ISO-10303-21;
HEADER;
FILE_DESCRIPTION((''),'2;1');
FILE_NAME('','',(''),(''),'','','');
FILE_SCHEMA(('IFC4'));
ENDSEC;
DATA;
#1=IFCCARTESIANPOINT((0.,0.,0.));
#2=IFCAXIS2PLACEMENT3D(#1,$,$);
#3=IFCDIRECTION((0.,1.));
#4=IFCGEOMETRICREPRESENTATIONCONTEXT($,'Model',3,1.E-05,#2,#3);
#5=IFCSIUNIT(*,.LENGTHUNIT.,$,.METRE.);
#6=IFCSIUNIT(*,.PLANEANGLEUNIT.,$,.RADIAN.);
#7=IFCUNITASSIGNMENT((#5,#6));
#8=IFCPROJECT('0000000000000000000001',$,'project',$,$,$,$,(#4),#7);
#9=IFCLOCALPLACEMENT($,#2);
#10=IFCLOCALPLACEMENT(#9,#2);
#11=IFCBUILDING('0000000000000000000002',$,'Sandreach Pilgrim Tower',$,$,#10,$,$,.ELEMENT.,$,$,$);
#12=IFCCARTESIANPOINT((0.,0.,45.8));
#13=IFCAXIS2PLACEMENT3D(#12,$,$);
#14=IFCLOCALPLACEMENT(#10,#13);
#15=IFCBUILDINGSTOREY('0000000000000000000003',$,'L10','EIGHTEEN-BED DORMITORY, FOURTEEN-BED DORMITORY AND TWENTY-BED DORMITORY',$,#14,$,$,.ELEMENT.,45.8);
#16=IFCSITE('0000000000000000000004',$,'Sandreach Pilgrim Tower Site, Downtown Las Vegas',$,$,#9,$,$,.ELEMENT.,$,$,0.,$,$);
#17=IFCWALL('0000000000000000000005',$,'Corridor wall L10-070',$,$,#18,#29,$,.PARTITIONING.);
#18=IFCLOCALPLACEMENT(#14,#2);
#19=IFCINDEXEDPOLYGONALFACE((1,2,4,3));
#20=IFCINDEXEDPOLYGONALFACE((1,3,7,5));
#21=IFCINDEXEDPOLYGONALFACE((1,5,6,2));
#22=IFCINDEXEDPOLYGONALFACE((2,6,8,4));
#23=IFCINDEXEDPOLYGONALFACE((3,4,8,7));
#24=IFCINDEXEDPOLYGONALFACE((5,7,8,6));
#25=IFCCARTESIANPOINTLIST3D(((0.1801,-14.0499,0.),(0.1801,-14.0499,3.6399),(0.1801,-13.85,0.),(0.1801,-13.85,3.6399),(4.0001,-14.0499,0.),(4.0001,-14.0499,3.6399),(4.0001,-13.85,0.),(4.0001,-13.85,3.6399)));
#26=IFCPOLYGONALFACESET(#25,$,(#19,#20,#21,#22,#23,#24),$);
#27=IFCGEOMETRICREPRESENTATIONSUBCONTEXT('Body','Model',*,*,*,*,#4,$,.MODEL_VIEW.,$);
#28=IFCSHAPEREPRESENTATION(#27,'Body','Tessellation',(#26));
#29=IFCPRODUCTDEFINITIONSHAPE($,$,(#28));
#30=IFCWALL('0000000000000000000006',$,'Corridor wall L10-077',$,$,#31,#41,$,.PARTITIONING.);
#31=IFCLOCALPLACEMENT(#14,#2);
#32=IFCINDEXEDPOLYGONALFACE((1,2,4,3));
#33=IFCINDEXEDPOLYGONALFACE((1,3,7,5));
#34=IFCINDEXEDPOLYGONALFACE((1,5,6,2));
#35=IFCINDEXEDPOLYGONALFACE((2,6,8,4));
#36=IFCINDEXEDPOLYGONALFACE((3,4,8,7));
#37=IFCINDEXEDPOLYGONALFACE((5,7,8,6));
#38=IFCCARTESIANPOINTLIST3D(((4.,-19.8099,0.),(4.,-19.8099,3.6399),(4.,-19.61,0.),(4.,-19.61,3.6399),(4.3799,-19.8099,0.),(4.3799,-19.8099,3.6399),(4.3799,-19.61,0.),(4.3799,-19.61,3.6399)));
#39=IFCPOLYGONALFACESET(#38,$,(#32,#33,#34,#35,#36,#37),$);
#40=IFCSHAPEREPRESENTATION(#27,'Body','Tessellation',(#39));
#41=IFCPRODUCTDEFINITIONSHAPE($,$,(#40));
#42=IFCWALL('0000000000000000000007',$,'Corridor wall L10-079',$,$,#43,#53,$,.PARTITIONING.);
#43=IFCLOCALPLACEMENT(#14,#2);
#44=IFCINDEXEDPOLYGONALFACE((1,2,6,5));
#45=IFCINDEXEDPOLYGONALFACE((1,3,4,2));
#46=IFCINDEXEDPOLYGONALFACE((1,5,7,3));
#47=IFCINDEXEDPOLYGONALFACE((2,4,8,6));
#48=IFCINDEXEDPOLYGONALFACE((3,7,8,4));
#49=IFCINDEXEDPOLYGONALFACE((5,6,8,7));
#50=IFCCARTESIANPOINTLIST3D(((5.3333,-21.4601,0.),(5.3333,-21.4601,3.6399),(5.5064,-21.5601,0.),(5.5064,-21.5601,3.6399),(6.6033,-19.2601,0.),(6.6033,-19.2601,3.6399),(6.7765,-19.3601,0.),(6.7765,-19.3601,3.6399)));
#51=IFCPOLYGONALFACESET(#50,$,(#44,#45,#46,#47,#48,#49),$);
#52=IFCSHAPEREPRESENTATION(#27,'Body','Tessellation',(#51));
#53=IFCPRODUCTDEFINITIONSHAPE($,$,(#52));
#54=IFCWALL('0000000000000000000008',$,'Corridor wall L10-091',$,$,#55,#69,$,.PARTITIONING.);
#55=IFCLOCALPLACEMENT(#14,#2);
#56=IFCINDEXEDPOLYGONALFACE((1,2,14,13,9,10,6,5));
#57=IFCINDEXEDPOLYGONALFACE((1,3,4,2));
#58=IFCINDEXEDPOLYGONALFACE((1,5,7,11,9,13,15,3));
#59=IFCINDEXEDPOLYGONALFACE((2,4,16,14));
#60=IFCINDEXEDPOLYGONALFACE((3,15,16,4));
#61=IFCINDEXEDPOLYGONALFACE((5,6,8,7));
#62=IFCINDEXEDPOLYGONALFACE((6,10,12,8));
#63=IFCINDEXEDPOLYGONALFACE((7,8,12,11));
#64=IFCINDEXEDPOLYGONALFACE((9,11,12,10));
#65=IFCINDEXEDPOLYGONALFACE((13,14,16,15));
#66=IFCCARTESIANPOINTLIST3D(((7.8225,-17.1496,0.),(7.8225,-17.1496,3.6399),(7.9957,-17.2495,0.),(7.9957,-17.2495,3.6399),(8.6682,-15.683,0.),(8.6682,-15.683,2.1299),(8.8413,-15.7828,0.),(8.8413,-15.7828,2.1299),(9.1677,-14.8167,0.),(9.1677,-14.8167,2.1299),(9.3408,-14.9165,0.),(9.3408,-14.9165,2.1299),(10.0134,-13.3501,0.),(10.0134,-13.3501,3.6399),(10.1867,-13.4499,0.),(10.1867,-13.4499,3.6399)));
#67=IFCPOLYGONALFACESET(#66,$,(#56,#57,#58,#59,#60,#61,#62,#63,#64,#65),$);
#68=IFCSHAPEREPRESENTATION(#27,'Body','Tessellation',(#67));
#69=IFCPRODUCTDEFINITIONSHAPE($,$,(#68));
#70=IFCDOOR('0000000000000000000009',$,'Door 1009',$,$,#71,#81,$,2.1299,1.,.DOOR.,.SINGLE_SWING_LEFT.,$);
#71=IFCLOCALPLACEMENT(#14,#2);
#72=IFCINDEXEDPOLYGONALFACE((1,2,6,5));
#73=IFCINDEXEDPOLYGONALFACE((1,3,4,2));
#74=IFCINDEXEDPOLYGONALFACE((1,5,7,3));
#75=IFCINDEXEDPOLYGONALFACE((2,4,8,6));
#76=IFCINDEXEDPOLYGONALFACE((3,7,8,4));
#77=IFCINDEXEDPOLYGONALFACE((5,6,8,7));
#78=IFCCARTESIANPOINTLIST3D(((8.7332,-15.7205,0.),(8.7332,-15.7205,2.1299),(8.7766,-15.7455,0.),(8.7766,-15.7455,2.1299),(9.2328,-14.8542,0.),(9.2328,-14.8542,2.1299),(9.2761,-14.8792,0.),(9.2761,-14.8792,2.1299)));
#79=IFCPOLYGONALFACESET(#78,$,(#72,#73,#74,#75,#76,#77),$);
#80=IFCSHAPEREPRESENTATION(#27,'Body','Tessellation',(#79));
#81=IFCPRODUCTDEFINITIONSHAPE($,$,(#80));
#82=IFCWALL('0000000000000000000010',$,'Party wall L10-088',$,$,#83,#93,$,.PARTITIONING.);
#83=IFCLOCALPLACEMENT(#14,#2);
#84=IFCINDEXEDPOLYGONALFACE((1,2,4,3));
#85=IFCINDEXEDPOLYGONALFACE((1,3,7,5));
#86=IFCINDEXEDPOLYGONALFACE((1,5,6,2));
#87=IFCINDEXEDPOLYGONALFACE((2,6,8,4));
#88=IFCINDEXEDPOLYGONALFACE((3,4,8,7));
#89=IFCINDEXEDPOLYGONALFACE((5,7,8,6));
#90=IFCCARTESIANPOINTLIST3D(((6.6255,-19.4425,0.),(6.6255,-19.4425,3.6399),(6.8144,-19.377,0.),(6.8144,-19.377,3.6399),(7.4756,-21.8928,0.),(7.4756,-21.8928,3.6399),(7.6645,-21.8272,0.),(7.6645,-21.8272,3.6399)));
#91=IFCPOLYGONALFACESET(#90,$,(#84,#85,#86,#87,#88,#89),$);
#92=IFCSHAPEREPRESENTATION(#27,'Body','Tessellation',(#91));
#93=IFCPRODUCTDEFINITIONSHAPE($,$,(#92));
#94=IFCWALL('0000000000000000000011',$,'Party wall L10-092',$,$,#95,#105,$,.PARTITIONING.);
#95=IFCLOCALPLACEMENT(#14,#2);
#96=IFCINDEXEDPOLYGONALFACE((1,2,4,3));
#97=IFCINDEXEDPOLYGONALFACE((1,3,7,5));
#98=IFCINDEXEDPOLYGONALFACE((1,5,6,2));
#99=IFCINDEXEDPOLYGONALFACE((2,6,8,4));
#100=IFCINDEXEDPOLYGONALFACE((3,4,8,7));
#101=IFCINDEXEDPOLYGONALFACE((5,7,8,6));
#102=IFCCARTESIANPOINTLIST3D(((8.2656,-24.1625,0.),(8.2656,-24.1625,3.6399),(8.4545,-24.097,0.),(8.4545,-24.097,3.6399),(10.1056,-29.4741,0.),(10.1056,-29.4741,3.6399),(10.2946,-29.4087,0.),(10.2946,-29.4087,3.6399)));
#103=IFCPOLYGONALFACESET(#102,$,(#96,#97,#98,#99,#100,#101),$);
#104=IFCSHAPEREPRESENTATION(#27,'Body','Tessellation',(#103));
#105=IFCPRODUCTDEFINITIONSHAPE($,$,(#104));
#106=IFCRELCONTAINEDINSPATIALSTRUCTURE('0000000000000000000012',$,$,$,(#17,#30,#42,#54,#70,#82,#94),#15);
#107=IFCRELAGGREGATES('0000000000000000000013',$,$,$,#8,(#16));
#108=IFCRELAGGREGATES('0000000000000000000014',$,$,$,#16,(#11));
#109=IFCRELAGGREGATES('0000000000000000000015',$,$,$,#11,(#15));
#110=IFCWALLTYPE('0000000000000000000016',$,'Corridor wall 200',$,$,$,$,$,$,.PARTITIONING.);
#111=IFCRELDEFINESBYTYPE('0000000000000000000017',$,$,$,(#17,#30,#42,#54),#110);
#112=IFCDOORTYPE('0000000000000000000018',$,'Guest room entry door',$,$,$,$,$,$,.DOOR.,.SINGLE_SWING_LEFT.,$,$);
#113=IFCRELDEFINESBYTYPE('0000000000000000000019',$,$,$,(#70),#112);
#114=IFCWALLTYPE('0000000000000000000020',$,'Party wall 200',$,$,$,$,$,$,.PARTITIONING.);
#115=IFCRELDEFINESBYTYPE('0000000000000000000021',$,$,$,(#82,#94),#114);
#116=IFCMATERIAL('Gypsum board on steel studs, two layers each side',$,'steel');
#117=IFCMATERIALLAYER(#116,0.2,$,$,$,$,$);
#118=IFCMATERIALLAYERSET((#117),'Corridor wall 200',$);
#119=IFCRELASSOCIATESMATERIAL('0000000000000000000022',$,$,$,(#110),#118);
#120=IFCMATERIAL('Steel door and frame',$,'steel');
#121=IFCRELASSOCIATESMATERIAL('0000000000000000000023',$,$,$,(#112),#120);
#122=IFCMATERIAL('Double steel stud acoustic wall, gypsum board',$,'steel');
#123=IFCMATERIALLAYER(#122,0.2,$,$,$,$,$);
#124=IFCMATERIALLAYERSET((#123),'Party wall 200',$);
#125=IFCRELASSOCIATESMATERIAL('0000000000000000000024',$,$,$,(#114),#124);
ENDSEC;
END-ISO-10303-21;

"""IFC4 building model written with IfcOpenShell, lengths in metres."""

from ifc_helpers import new_model, si_unit, direction, frame, frame_2d, origin, place, context, subcontext, project, spatial, rectangle, extrude, material, layer, layer_set, type_object, element, fill, save


model = new_model("IFC4")

# Units and contexts
model_context = context("Model", 3, precision=1e-05, world=origin(), true_north=direction((0.0, 1.0)))
body_context = subcontext(model_context, "Body", "Model", "MODEL_VIEW")
ifc_project = project(units=[si_unit("LENGTHUNIT", "METRE"), si_unit("PLANEANGLEUNIT", "RADIAN")], contexts=[model_context])

# Site, building, storey
site_placement = place(None, origin())
site = spatial("IfcSite", under=ifc_project, at=site_placement, Name="Sandreach Pilgrim Tower Site, Downtown Las Vegas", CompositionType="ELEMENT", RefElevation=0.0)
building_placement = place(site_placement, origin())
building = spatial("IfcBuilding", under=site, at=building_placement, Name="Sandreach Pilgrim Tower", CompositionType="ELEMENT")
storey_placement = place(building_placement, frame((0.0, 0.0, 45.8)))
storey = spatial("IfcBuildingStorey", under=building, at=storey_placement, Name="L10", Description="EIGHTEEN-BED DORMITORY, FOURTEEN-BED DORMITORY AND TWENTY-BED DORMITORY", CompositionType="ELEMENT", Elevation=45.8)

# Shared definitions
ifc_material_1 = material(Name="Gypsum board on steel studs, two layers each side", Category="steel")
ifc_layer_1 = layer(ifc_material_1, 0.2)
ifc_layer_set_1 = layer_set([ifc_layer_1], Name="Corridor wall 200")
wall_type_1 = type_object("IfcWallType", Name="Corridor wall 200", PredefinedType="PARTITIONING", material=ifc_layer_set_1)
ifc_material_2 = material(Name="Steel door and frame", Category="steel")
door_type_1 = type_object("IfcDoorType", Name="Guest room entry door", OperationType="SINGLE_SWING_LEFT", PredefinedType="DOOR", material=ifc_material_2)

# Wall
wall_1_placement = place(storey_placement, frame((0.1799, -13.95, 0.0), z_axis=(0.0, 0.0, 1.0), x_axis=(1.0, 0.0, 0.0)))
element("IfcWall", 1, at=wall_1_placement, inside=storey, type_object=wall_type_1, Name="Corridor wall L10-070", PredefinedType="PARTITIONING", context=body_context, shape_type="SweptSolid", body=[
    extrude(rectangle(XDim=3.8201, YDim=0.2, at=frame_2d((1.9102, 0.0))), origin(), (0.0, 0.0, 1.0), 3.6399),
])

# Walls
wall_2_placement = place(storey_placement, frame((4.3799, -19.71, 0.0), z_axis=(0.0, 0.0, 1.0), x_axis=(-1.0, 0.0, 0.0)))
element("IfcWall", 2, at=wall_2_placement, inside=storey, type_object=wall_type_1, Name="Corridor wall L10-077", PredefinedType="PARTITIONING", context=body_context, shape_type="SweptSolid", body=[
    extrude(rectangle(XDim=0.3799, YDim=0.2, at=frame_2d((0.1899, 0.0))), origin(), (0.0, 0.0, 1.0), 3.6399),
])
wall_3_placement = place(storey_placement, frame((5.4199, -21.51, 0.0), z_axis=(0.0, 0.0, 1.0), x_axis=(0.499964, 0.866046, 0.0)))
element("IfcWall", 3, at=wall_3_placement, inside=storey, type_object=wall_type_1, Name="Corridor wall L10-079", PredefinedType="PARTITIONING", context=body_context, shape_type="SweptSolid", body=[
    extrude(rectangle(XDim=2.5403, YDim=0.2, at=frame_2d((1.27, 0.0))), origin(), (0.0, 0.0, 1.0), 3.6399),
])

# Wall, opening, door
wall_4_placement = place(storey_placement, frame((7.9092, -17.1995, 0.0), z_axis=(0.0, 0.0, 1.0), x_axis=(0.499528, 0.866298, 0.0)))
wall_4 = element("IfcWall", 4, at=wall_4_placement, inside=storey, type_object=wall_type_1, Name="Corridor wall L10-091", PredefinedType="PARTITIONING", context=body_context, shape_type="SweptSolid", body=[
    extrude(rectangle(XDim=4.386, YDim=0.2, at=frame_2d((2.1929, 0.0))), origin(), (0.0, 0.0, 1.0), 3.6399),
])
opening_1_placement = place(wall_4_placement, frame((1.6929, 0.0, 0.0)))
opening_1 = element("IfcOpeningElement", 5, at=opening_1_placement, cuts=wall_4, PredefinedType="OPENING", context=body_context, shape_type="SweptSolid", body=[
    extrude(rectangle(XDim=1.0, YDim=2.1299, at=frame_2d((0.5, 1.0649))), frame((0.0, 0.1001, 0.0), z_axis=(0.0, -1.0, 0.0), x_axis=(1.0, 0.0, 0.0)), (0.0, 0.0, 1.0), 0.2),
])
door_1_placement = place(opening_1_placement, origin())
door_1 = element("IfcDoor", 6, at=door_1_placement, inside=storey, type_object=door_type_1, Name="Door 1009", OperationType="SINGLE_SWING_LEFT", OverallHeight=2.1299, OverallWidth=1.0, PredefinedType="DOOR", context=body_context, shape_type="SweptSolid", body=[
    extrude(rectangle(XDim=1.0, YDim=2.1299, at=frame_2d((0.5, 1.0649))), frame((0.0, 0.0249, 0.0), z_axis=(0.0, -1.0, 0.0), x_axis=(1.0, 0.0, 0.0)), (0.0, 0.0, 1.0), 0.05),
])
fill(opening_1, door_1)

# Walls
ifc_material_3 = material(Name="Double steel stud acoustic wall, gypsum board", Category="steel")
ifc_layer_2 = layer(ifc_material_3, 0.2)
ifc_layer_set_2 = layer_set([ifc_layer_2], Name="Party wall 200")
wall_type_2 = type_object("IfcWallType", Name="Party wall 200", PredefinedType="PARTITIONING", material=ifc_layer_set_2)
wall_5_placement = place(storey_placement, frame((7.5701, -21.8601, 0.0), z_axis=(0.0, 0.0, 1.0), x_axis=(-0.327783, 0.944753, 0.0)))
element("IfcWall", 7, at=wall_5_placement, inside=storey, type_object=wall_type_2, Name="Party wall L10-088", PredefinedType="PARTITIONING", context=body_context, shape_type="SweptSolid", body=[
    extrude(rectangle(XDim=2.5935, YDim=0.2, at=frame_2d((1.2969, 0.0))), origin(), (0.0, 0.0, 1.0), 3.6399),
])
wall_6_placement = place(storey_placement, frame((8.3601, -24.1299, 0.0), z_axis=(0.0, 0.0, 1.0), x_axis=(0.327333, -0.944909, 0.0)))
element("IfcWall", 8, at=wall_6_placement, inside=storey, type_object=wall_type_2, Name="Party wall L10-092", PredefinedType="PARTITIONING", context=body_context, shape_type="SweptSolid", body=[
    extrude(rectangle(XDim=5.6213, YDim=0.2, at=frame_2d((2.8105, 0.0))), origin(), (0.0, 0.0, 1.0), 3.6399),
])

save(model, "model.ifc")
